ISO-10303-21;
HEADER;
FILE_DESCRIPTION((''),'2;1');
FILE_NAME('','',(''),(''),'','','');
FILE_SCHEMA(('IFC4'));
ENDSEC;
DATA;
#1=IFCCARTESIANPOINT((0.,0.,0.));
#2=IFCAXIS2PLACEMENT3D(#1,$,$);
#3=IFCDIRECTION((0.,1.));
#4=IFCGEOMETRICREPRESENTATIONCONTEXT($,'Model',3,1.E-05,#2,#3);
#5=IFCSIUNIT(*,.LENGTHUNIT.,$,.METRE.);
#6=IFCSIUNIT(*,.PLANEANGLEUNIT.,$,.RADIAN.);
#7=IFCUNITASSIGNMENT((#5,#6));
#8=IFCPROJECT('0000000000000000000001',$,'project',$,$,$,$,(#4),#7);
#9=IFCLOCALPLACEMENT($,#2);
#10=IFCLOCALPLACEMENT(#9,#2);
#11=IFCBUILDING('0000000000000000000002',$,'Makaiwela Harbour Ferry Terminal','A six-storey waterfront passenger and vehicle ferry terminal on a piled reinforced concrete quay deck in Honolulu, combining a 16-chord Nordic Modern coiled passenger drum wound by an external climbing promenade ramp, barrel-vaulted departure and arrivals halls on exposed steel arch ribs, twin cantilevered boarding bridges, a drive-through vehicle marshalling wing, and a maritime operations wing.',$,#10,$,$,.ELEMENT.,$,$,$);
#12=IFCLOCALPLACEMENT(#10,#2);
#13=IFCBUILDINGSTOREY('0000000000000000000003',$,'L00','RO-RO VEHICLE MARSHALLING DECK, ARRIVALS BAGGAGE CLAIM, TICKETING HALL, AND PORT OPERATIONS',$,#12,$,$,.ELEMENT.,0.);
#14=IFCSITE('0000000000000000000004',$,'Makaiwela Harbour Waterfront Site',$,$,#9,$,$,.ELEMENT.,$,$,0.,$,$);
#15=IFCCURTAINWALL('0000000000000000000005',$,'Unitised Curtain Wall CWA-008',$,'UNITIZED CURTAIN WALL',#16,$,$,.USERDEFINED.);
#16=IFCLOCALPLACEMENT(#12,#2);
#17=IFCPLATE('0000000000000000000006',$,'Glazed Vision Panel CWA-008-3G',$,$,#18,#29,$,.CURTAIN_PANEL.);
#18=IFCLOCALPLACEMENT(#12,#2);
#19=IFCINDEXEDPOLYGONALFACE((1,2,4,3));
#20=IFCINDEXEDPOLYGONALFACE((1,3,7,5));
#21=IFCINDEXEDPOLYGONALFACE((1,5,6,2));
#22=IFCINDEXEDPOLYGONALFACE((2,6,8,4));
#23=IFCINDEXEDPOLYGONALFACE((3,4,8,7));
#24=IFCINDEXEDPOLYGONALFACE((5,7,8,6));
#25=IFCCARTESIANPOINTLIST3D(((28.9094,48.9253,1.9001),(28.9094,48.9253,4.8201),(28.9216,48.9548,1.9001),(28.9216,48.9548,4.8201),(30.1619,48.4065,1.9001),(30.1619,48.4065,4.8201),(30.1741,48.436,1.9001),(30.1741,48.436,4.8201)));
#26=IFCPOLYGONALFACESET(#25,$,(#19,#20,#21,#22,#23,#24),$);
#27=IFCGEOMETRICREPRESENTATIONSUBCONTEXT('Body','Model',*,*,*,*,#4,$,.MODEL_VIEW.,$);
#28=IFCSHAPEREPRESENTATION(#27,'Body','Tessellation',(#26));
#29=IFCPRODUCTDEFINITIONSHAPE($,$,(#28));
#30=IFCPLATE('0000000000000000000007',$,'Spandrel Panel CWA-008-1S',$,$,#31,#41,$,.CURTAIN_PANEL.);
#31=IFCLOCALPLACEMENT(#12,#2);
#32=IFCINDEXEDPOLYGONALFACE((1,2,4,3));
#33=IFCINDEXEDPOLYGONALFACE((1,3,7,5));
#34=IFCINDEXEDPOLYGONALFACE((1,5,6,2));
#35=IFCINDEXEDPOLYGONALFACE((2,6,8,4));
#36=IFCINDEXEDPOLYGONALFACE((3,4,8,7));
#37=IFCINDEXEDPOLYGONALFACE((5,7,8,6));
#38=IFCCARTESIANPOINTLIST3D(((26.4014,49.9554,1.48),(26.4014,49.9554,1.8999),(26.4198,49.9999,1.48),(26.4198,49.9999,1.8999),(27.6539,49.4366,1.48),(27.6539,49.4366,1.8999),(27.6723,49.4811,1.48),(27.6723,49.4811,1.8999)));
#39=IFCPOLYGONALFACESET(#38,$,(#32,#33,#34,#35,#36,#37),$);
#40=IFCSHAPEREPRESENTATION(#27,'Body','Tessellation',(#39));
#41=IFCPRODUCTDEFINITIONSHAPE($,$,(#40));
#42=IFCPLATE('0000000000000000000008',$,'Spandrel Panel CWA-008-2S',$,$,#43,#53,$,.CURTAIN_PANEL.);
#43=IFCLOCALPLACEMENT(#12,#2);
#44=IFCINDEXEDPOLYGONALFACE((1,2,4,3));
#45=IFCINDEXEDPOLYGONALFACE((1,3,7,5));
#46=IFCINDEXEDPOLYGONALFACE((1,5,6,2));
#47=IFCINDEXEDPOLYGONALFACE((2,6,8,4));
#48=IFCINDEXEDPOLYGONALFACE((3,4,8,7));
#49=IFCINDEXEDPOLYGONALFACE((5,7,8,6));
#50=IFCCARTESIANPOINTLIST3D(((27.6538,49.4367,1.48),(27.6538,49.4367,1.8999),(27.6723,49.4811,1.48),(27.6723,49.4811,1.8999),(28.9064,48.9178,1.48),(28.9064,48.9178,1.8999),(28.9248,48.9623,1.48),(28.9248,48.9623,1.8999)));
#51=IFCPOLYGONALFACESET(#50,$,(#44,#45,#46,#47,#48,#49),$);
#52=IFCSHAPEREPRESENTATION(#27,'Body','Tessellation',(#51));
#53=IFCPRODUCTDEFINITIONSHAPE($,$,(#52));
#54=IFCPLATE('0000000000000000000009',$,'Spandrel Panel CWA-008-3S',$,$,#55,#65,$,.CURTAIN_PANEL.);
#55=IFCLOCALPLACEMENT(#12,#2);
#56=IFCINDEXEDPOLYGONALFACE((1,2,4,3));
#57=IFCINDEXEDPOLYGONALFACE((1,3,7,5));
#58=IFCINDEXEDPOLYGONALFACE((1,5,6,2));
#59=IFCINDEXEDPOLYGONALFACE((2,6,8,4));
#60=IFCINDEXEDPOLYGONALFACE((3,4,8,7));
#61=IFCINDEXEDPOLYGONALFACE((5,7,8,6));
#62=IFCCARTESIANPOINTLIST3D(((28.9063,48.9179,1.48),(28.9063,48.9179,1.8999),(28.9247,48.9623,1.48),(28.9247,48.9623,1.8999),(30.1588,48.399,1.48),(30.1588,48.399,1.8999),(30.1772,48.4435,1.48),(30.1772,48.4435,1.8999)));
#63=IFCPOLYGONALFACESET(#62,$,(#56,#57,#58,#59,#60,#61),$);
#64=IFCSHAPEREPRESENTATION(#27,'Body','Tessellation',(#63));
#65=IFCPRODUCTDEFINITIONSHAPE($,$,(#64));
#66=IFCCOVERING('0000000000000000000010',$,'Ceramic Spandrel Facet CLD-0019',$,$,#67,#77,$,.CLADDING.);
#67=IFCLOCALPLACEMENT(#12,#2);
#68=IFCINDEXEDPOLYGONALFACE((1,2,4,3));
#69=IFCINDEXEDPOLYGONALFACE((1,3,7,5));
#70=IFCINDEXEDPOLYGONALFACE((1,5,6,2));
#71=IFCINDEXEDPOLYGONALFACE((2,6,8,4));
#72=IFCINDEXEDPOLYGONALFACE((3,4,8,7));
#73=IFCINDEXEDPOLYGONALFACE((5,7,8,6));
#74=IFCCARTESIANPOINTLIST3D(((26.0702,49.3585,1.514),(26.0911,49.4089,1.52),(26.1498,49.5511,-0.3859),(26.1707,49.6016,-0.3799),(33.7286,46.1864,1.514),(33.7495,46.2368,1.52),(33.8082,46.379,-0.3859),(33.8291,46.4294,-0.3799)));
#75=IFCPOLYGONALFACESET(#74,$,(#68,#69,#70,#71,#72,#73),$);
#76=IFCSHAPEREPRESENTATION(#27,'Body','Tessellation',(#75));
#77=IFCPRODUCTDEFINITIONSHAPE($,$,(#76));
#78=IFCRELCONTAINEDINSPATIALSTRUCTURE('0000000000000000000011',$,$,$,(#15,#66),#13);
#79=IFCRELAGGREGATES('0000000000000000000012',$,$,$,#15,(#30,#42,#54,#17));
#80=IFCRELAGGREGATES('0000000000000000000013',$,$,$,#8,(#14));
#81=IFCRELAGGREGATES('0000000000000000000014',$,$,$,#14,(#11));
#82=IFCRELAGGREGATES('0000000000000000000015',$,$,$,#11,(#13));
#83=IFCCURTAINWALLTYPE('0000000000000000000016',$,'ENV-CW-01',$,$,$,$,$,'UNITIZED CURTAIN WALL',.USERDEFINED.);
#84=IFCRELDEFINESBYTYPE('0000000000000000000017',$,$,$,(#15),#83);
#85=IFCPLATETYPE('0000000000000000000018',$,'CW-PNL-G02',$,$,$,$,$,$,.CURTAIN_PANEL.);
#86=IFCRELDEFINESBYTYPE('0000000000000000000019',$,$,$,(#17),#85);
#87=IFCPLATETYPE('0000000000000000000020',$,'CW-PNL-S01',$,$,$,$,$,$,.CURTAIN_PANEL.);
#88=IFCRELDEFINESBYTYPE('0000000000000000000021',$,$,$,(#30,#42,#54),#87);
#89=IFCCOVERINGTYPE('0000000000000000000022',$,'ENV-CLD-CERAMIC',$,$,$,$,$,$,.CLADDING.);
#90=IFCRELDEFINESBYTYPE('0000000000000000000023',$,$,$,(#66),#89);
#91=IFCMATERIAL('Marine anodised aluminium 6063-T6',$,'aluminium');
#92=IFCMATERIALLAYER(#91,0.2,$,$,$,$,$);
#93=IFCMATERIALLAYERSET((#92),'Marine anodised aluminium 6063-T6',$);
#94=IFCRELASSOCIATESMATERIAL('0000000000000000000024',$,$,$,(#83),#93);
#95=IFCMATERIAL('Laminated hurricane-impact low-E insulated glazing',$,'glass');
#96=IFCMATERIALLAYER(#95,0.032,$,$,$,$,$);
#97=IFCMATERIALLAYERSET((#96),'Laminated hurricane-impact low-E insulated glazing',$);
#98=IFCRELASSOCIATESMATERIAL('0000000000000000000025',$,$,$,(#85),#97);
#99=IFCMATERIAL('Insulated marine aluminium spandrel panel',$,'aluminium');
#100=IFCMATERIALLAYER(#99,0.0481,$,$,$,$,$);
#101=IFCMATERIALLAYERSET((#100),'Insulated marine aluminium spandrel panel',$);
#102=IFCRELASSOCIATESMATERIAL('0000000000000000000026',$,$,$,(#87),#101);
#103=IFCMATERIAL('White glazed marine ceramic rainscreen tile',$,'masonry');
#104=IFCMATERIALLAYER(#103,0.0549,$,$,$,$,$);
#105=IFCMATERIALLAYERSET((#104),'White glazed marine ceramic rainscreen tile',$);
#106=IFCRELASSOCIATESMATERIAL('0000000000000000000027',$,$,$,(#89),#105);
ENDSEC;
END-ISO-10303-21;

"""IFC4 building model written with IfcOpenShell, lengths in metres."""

from ifc_helpers import new_model, si_unit, direction, frame, origin, origin_2d, place, context, subcontext, project, spatial, polyline, rectangle, outline, extrude, material, layer, layer_set, type_object, element, aggregate, save


model = new_model("IFC4")

# Units and contexts
model_context = context("Model", 3, precision=1e-05, world=origin(), true_north=direction((0.0, 1.0)))
body_context = subcontext(model_context, "Body", "Model", "MODEL_VIEW")
ifc_project = project(units=[si_unit("LENGTHUNIT", "METRE"), si_unit("PLANEANGLEUNIT", "RADIAN")], contexts=[model_context])

# Site, building, storey
site_placement = place(None, origin())
site = spatial("IfcSite", under=ifc_project, at=site_placement, Name="Makaiwela Harbour Waterfront Site", CompositionType="ELEMENT", RefElevation=0.0)
building_placement = place(site_placement, origin())
building = spatial("IfcBuilding", under=site, at=building_placement, Name="Makaiwela Harbour Ferry Terminal", Description="A six-storey waterfront passenger and vehicle ferry terminal on a piled reinforced concrete quay deck in Honolulu, combining a 16-chord Nordic Modern coiled passenger drum wound by an external climbing promenade ramp, barrel-vaulted departure and arrivals halls on exposed steel arch ribs, twin cantilevered boarding bridges, a drive-through vehicle marshalling wing, and a maritime operations wing.", CompositionType="ELEMENT")
storey_placement = place(building_placement, origin())
storey = spatial("IfcBuildingStorey", under=building, at=storey_placement, Name="L00", Description="RO-RO VEHICLE MARSHALLING DECK, ARRIVALS BAGGAGE CLAIM, TICKETING HALL, AND PORT OPERATIONS", CompositionType="ELEMENT", Elevation=0.0)

# Curtain wall
ifc_material_1 = material(Name="Marine anodised aluminium 6063-T6", Category="aluminium")
ifc_layer_1 = layer(ifc_material_1, 0.2)
ifc_layer_set_1 = layer_set([ifc_layer_1], Name="Marine anodised aluminium 6063-T6")
curtain_wall_type_1 = type_object("IfcCurtainWallType", Name="ENV-CW-01", ElementType="UNITIZED CURTAIN WALL", PredefinedType="USERDEFINED", material=ifc_layer_set_1)
curtain_wall_1_placement = place(storey_placement, origin())
curtain_wall_1 = element("IfcCurtainWall", 1, at=curtain_wall_1_placement, inside=storey, type_object=curtain_wall_type_1, Name="Unitised Curtain Wall CWA-008", ObjectType="UNITIZED CURTAIN WALL", PredefinedType="USERDEFINED")

# Plates
ifc_material_2 = material(Name="Laminated hurricane-impact low-E insulated glazing", Category="glass")
ifc_layer_2 = layer(ifc_material_2, 0.032)
ifc_layer_set_2 = layer_set([ifc_layer_2], Name="Laminated hurricane-impact low-E insulated glazing")
plate_type_1 = type_object("IfcPlateType", Name="CW-PNL-G02", PredefinedType="CURTAIN_PANEL", material=ifc_layer_set_2)
plate_1_placement = place(storey_placement, frame((29.5417, 48.6807, 1.9001), z_axis=(0.0, 0.0, 1.0), x_axis=(0.92388, -0.382683, 0.0)))
plate_1 = element("IfcPlate", 2, at=plate_1_placement, type_object=plate_type_1, Name="Glazed Vision Panel CWA-008-3G", PredefinedType="CURTAIN_PANEL", context=body_context, shape_type="SweptSolid", body=[
    extrude(rectangle(XDim=1.3557, YDim=0.032, at=origin_2d()), origin(), (0.0, 0.0, 1.0), 2.9199),
])
ifc_material_3 = material(Name="Insulated marine aluminium spandrel panel", Category="aluminium")
ifc_layer_3 = layer(ifc_material_3, 0.0481)
ifc_layer_set_3 = layer_set([ifc_layer_3], Name="Insulated marine aluminium spandrel panel")
plate_type_2 = type_object("IfcPlateType", Name="CW-PNL-S01", PredefinedType="CURTAIN_PANEL", material=ifc_layer_set_3)
plate_2_placement = place(storey_placement, frame((27.0369, 49.7183, 1.48), z_axis=(0.0, 0.0, 1.0), x_axis=(0.92388, -0.382683, 0.0)))
plate_2 = element("IfcPlate", 3, at=plate_2_placement, type_object=plate_type_2, Name="Spandrel Panel CWA-008-1S", PredefinedType="CURTAIN_PANEL", context=body_context, shape_type="SweptSolid", body=[
    extrude(rectangle(XDim=1.3557, YDim=0.0481, at=origin_2d()), origin(), (0.0, 0.0, 1.0), 0.4199),
])
plate_3_placement = place(storey_placement, frame((28.2893, 49.1995, 1.48), z_axis=(0.0, 0.0, 1.0), x_axis=(0.92388, -0.382683, 0.0)))
plate_3 = element("IfcPlate", 4, at=plate_3_placement, type_object=plate_type_2, Name="Spandrel Panel CWA-008-2S", PredefinedType="CURTAIN_PANEL", context=body_context, shape_type="SweptSolid", body=[
    extrude(rectangle(XDim=1.3557, YDim=0.0481, at=origin_2d()), origin(), (0.0, 0.0, 1.0), 0.4199),
])
plate_4_placement = place(storey_placement, frame((29.5417, 48.6807, 1.48), z_axis=(0.0, 0.0, 1.0), x_axis=(0.92388, -0.382683, 0.0)))
plate_4 = element("IfcPlate", 5, at=plate_4_placement, type_object=plate_type_2, Name="Spandrel Panel CWA-008-3S", PredefinedType="CURTAIN_PANEL", context=body_context, shape_type="SweptSolid", body=[
    extrude(rectangle(XDim=1.3557, YDim=0.0481, at=origin_2d()), origin(), (0.0, 0.0, 1.0), 0.4199),
])
aggregate(curtain_wall_1, [plate_2, plate_3, plate_4, plate_1])

# Covering
ifc_material_4 = material(Name="White glazed marine ceramic rainscreen tile", Category="masonry")
ifc_layer_4 = layer(ifc_material_4, 0.0549)
ifc_layer_set_4 = layer_set([ifc_layer_4], Name="White glazed marine ceramic rainscreen tile")
covering_type = type_object("IfcCoveringType", Name="ENV-CLD-CERAMIC", PredefinedType="CLADDING", material=ifc_layer_set_4)
covering_placement = place(storey_placement, frame((26.1707, 49.6016, -0.3799), z_axis=(0.38039, 0.918375, 0.109047), x_axis=(0.923884, -0.382672, 0.0)))
element("IfcCovering", 6, at=covering_placement, inside=storey, type_object=covering_type, Name="Ceramic Spandrel Facet CLD-0019", PredefinedType="CLADDING", context=body_context, shape_type="SweptSolid", body=[
    extrude(outline(polyline([(0.0, 0.0), (8.2894, 0.0), (8.2896, -1.9113), (0.0002, -1.9113), (0.0, 0.0)])), origin(), (0.0, 0.0, -1.0), 0.0549),
])

save(model, "model.ifc")
